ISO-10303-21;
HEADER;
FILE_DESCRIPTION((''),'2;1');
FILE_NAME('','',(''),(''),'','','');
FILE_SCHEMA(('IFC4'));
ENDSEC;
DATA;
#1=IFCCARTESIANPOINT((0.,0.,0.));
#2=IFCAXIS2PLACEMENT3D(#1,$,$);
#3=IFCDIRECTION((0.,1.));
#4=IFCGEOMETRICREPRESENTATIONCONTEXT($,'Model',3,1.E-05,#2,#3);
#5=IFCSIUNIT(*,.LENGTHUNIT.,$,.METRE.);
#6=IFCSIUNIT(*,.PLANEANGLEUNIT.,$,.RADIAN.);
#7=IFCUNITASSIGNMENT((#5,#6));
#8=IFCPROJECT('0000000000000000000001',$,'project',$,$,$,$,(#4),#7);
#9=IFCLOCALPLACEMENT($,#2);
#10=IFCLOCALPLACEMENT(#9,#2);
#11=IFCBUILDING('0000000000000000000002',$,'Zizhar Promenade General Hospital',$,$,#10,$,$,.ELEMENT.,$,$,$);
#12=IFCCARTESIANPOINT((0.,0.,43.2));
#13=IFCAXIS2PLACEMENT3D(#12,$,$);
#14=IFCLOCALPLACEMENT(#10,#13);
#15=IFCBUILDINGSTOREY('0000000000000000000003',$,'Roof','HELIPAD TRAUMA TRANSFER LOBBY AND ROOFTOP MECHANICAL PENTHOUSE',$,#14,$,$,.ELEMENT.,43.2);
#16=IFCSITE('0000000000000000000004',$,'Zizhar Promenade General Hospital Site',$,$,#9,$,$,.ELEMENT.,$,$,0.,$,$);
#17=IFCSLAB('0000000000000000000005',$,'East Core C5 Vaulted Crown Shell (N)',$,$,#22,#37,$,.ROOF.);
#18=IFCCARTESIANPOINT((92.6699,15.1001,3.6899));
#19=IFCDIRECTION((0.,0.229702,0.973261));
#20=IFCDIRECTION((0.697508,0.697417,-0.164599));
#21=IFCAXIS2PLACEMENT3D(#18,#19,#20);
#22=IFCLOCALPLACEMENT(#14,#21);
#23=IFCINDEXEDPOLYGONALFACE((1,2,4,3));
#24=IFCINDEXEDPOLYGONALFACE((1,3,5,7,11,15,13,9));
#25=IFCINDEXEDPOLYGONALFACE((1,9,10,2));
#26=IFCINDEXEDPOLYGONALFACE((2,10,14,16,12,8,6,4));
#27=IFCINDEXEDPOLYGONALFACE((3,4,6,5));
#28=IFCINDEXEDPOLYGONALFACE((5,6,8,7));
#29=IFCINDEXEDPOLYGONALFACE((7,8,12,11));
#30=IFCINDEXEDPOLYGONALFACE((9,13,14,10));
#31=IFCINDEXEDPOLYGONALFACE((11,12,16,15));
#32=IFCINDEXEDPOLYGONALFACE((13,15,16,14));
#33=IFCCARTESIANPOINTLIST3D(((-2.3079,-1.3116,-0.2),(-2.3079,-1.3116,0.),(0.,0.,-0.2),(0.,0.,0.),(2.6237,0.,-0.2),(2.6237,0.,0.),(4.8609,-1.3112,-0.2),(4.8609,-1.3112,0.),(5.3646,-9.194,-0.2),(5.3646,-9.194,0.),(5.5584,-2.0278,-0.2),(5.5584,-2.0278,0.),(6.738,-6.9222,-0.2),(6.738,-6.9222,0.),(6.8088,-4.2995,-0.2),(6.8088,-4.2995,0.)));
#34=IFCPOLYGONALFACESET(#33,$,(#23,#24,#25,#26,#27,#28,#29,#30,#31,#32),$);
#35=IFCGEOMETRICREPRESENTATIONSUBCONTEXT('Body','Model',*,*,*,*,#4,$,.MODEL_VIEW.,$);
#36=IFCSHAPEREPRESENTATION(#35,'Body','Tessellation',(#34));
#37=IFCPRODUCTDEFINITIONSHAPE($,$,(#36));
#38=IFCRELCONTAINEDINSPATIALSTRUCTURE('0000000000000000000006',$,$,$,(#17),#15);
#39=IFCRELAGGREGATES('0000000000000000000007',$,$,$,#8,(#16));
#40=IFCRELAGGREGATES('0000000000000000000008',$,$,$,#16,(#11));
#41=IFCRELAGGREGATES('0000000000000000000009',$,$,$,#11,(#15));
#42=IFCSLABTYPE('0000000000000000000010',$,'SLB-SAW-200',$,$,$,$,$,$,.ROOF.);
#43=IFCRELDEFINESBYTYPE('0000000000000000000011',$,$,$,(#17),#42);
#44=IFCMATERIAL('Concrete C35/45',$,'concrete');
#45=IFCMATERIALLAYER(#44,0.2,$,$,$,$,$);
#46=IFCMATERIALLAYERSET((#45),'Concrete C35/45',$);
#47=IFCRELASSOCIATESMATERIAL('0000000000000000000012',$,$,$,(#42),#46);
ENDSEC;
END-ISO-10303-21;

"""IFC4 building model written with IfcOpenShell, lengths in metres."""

from ifc_helpers import new_model, si_unit, direction, frame, origin, place, context, subcontext, project, spatial, polyline, outline, extrude, material, layer, layer_set, type_object, element, save


model = new_model("IFC4")

# Units and contexts
model_context = context("Model", 3, precision=1e-05, world=origin(), true_north=direction((0.0, 1.0)))
body_context = subcontext(model_context, "Body", "Model", "MODEL_VIEW")
ifc_project = project(units=[si_unit("LENGTHUNIT", "METRE"), si_unit("PLANEANGLEUNIT", "RADIAN")], contexts=[model_context])

# Site, building, storey
site_placement = place(None, origin())
site = spatial("IfcSite", under=ifc_project, at=site_placement, Name="Zizhar Promenade General Hospital Site", CompositionType="ELEMENT", RefElevation=0.0)
building_placement = place(site_placement, origin())
building = spatial("IfcBuilding", under=site, at=building_placement, Name="Zizhar Promenade General Hospital", CompositionType="ELEMENT")
storey_placement = place(building_placement, frame((0.0, 0.0, 43.2)))
storey = spatial("IfcBuildingStorey", under=building, at=storey_placement, Name="Roof", Description="HELIPAD TRAUMA TRANSFER LOBBY AND ROOFTOP MECHANICAL PENTHOUSE", CompositionType="ELEMENT", Elevation=43.2)

# Slab
ifc_material_1 = material(Name="Concrete C35/45", Category="concrete")
ifc_layer_1 = layer(ifc_material_1, 0.2)
ifc_layer_set_1 = layer_set([ifc_layer_1], Name="Concrete C35/45")
slab_type = type_object("IfcSlabType", Name="SLB-SAW-200", PredefinedType="ROOF", material=ifc_layer_set_1)
slab_placement = place(storey_placement, frame((92.6699, 15.1001, 3.6899), z_axis=(0.0, 0.229702, 0.973261), x_axis=(0.697508, 0.697417, -0.164599)))
element("IfcSlab", 1, at=slab_placement, inside=storey, type_object=slab_type, Name="East Core C5 Vaulted Crown Shell (N)", PredefinedType="ROOF", context=body_context, shape_type="SweptSolid", body=[
    extrude(outline(polyline([(0.0, 0.0), (2.6237, 0.0), (4.8609, -1.3112), (5.5584, -2.0278), (6.8088, -4.2995), (6.738, -6.9222), (5.3646, -9.194), (-2.3079, -1.3116), (0.0, 0.0)])), origin(), (0.0, 0.0, -1.0), 0.2),
])

save(model, "model.ifc")
